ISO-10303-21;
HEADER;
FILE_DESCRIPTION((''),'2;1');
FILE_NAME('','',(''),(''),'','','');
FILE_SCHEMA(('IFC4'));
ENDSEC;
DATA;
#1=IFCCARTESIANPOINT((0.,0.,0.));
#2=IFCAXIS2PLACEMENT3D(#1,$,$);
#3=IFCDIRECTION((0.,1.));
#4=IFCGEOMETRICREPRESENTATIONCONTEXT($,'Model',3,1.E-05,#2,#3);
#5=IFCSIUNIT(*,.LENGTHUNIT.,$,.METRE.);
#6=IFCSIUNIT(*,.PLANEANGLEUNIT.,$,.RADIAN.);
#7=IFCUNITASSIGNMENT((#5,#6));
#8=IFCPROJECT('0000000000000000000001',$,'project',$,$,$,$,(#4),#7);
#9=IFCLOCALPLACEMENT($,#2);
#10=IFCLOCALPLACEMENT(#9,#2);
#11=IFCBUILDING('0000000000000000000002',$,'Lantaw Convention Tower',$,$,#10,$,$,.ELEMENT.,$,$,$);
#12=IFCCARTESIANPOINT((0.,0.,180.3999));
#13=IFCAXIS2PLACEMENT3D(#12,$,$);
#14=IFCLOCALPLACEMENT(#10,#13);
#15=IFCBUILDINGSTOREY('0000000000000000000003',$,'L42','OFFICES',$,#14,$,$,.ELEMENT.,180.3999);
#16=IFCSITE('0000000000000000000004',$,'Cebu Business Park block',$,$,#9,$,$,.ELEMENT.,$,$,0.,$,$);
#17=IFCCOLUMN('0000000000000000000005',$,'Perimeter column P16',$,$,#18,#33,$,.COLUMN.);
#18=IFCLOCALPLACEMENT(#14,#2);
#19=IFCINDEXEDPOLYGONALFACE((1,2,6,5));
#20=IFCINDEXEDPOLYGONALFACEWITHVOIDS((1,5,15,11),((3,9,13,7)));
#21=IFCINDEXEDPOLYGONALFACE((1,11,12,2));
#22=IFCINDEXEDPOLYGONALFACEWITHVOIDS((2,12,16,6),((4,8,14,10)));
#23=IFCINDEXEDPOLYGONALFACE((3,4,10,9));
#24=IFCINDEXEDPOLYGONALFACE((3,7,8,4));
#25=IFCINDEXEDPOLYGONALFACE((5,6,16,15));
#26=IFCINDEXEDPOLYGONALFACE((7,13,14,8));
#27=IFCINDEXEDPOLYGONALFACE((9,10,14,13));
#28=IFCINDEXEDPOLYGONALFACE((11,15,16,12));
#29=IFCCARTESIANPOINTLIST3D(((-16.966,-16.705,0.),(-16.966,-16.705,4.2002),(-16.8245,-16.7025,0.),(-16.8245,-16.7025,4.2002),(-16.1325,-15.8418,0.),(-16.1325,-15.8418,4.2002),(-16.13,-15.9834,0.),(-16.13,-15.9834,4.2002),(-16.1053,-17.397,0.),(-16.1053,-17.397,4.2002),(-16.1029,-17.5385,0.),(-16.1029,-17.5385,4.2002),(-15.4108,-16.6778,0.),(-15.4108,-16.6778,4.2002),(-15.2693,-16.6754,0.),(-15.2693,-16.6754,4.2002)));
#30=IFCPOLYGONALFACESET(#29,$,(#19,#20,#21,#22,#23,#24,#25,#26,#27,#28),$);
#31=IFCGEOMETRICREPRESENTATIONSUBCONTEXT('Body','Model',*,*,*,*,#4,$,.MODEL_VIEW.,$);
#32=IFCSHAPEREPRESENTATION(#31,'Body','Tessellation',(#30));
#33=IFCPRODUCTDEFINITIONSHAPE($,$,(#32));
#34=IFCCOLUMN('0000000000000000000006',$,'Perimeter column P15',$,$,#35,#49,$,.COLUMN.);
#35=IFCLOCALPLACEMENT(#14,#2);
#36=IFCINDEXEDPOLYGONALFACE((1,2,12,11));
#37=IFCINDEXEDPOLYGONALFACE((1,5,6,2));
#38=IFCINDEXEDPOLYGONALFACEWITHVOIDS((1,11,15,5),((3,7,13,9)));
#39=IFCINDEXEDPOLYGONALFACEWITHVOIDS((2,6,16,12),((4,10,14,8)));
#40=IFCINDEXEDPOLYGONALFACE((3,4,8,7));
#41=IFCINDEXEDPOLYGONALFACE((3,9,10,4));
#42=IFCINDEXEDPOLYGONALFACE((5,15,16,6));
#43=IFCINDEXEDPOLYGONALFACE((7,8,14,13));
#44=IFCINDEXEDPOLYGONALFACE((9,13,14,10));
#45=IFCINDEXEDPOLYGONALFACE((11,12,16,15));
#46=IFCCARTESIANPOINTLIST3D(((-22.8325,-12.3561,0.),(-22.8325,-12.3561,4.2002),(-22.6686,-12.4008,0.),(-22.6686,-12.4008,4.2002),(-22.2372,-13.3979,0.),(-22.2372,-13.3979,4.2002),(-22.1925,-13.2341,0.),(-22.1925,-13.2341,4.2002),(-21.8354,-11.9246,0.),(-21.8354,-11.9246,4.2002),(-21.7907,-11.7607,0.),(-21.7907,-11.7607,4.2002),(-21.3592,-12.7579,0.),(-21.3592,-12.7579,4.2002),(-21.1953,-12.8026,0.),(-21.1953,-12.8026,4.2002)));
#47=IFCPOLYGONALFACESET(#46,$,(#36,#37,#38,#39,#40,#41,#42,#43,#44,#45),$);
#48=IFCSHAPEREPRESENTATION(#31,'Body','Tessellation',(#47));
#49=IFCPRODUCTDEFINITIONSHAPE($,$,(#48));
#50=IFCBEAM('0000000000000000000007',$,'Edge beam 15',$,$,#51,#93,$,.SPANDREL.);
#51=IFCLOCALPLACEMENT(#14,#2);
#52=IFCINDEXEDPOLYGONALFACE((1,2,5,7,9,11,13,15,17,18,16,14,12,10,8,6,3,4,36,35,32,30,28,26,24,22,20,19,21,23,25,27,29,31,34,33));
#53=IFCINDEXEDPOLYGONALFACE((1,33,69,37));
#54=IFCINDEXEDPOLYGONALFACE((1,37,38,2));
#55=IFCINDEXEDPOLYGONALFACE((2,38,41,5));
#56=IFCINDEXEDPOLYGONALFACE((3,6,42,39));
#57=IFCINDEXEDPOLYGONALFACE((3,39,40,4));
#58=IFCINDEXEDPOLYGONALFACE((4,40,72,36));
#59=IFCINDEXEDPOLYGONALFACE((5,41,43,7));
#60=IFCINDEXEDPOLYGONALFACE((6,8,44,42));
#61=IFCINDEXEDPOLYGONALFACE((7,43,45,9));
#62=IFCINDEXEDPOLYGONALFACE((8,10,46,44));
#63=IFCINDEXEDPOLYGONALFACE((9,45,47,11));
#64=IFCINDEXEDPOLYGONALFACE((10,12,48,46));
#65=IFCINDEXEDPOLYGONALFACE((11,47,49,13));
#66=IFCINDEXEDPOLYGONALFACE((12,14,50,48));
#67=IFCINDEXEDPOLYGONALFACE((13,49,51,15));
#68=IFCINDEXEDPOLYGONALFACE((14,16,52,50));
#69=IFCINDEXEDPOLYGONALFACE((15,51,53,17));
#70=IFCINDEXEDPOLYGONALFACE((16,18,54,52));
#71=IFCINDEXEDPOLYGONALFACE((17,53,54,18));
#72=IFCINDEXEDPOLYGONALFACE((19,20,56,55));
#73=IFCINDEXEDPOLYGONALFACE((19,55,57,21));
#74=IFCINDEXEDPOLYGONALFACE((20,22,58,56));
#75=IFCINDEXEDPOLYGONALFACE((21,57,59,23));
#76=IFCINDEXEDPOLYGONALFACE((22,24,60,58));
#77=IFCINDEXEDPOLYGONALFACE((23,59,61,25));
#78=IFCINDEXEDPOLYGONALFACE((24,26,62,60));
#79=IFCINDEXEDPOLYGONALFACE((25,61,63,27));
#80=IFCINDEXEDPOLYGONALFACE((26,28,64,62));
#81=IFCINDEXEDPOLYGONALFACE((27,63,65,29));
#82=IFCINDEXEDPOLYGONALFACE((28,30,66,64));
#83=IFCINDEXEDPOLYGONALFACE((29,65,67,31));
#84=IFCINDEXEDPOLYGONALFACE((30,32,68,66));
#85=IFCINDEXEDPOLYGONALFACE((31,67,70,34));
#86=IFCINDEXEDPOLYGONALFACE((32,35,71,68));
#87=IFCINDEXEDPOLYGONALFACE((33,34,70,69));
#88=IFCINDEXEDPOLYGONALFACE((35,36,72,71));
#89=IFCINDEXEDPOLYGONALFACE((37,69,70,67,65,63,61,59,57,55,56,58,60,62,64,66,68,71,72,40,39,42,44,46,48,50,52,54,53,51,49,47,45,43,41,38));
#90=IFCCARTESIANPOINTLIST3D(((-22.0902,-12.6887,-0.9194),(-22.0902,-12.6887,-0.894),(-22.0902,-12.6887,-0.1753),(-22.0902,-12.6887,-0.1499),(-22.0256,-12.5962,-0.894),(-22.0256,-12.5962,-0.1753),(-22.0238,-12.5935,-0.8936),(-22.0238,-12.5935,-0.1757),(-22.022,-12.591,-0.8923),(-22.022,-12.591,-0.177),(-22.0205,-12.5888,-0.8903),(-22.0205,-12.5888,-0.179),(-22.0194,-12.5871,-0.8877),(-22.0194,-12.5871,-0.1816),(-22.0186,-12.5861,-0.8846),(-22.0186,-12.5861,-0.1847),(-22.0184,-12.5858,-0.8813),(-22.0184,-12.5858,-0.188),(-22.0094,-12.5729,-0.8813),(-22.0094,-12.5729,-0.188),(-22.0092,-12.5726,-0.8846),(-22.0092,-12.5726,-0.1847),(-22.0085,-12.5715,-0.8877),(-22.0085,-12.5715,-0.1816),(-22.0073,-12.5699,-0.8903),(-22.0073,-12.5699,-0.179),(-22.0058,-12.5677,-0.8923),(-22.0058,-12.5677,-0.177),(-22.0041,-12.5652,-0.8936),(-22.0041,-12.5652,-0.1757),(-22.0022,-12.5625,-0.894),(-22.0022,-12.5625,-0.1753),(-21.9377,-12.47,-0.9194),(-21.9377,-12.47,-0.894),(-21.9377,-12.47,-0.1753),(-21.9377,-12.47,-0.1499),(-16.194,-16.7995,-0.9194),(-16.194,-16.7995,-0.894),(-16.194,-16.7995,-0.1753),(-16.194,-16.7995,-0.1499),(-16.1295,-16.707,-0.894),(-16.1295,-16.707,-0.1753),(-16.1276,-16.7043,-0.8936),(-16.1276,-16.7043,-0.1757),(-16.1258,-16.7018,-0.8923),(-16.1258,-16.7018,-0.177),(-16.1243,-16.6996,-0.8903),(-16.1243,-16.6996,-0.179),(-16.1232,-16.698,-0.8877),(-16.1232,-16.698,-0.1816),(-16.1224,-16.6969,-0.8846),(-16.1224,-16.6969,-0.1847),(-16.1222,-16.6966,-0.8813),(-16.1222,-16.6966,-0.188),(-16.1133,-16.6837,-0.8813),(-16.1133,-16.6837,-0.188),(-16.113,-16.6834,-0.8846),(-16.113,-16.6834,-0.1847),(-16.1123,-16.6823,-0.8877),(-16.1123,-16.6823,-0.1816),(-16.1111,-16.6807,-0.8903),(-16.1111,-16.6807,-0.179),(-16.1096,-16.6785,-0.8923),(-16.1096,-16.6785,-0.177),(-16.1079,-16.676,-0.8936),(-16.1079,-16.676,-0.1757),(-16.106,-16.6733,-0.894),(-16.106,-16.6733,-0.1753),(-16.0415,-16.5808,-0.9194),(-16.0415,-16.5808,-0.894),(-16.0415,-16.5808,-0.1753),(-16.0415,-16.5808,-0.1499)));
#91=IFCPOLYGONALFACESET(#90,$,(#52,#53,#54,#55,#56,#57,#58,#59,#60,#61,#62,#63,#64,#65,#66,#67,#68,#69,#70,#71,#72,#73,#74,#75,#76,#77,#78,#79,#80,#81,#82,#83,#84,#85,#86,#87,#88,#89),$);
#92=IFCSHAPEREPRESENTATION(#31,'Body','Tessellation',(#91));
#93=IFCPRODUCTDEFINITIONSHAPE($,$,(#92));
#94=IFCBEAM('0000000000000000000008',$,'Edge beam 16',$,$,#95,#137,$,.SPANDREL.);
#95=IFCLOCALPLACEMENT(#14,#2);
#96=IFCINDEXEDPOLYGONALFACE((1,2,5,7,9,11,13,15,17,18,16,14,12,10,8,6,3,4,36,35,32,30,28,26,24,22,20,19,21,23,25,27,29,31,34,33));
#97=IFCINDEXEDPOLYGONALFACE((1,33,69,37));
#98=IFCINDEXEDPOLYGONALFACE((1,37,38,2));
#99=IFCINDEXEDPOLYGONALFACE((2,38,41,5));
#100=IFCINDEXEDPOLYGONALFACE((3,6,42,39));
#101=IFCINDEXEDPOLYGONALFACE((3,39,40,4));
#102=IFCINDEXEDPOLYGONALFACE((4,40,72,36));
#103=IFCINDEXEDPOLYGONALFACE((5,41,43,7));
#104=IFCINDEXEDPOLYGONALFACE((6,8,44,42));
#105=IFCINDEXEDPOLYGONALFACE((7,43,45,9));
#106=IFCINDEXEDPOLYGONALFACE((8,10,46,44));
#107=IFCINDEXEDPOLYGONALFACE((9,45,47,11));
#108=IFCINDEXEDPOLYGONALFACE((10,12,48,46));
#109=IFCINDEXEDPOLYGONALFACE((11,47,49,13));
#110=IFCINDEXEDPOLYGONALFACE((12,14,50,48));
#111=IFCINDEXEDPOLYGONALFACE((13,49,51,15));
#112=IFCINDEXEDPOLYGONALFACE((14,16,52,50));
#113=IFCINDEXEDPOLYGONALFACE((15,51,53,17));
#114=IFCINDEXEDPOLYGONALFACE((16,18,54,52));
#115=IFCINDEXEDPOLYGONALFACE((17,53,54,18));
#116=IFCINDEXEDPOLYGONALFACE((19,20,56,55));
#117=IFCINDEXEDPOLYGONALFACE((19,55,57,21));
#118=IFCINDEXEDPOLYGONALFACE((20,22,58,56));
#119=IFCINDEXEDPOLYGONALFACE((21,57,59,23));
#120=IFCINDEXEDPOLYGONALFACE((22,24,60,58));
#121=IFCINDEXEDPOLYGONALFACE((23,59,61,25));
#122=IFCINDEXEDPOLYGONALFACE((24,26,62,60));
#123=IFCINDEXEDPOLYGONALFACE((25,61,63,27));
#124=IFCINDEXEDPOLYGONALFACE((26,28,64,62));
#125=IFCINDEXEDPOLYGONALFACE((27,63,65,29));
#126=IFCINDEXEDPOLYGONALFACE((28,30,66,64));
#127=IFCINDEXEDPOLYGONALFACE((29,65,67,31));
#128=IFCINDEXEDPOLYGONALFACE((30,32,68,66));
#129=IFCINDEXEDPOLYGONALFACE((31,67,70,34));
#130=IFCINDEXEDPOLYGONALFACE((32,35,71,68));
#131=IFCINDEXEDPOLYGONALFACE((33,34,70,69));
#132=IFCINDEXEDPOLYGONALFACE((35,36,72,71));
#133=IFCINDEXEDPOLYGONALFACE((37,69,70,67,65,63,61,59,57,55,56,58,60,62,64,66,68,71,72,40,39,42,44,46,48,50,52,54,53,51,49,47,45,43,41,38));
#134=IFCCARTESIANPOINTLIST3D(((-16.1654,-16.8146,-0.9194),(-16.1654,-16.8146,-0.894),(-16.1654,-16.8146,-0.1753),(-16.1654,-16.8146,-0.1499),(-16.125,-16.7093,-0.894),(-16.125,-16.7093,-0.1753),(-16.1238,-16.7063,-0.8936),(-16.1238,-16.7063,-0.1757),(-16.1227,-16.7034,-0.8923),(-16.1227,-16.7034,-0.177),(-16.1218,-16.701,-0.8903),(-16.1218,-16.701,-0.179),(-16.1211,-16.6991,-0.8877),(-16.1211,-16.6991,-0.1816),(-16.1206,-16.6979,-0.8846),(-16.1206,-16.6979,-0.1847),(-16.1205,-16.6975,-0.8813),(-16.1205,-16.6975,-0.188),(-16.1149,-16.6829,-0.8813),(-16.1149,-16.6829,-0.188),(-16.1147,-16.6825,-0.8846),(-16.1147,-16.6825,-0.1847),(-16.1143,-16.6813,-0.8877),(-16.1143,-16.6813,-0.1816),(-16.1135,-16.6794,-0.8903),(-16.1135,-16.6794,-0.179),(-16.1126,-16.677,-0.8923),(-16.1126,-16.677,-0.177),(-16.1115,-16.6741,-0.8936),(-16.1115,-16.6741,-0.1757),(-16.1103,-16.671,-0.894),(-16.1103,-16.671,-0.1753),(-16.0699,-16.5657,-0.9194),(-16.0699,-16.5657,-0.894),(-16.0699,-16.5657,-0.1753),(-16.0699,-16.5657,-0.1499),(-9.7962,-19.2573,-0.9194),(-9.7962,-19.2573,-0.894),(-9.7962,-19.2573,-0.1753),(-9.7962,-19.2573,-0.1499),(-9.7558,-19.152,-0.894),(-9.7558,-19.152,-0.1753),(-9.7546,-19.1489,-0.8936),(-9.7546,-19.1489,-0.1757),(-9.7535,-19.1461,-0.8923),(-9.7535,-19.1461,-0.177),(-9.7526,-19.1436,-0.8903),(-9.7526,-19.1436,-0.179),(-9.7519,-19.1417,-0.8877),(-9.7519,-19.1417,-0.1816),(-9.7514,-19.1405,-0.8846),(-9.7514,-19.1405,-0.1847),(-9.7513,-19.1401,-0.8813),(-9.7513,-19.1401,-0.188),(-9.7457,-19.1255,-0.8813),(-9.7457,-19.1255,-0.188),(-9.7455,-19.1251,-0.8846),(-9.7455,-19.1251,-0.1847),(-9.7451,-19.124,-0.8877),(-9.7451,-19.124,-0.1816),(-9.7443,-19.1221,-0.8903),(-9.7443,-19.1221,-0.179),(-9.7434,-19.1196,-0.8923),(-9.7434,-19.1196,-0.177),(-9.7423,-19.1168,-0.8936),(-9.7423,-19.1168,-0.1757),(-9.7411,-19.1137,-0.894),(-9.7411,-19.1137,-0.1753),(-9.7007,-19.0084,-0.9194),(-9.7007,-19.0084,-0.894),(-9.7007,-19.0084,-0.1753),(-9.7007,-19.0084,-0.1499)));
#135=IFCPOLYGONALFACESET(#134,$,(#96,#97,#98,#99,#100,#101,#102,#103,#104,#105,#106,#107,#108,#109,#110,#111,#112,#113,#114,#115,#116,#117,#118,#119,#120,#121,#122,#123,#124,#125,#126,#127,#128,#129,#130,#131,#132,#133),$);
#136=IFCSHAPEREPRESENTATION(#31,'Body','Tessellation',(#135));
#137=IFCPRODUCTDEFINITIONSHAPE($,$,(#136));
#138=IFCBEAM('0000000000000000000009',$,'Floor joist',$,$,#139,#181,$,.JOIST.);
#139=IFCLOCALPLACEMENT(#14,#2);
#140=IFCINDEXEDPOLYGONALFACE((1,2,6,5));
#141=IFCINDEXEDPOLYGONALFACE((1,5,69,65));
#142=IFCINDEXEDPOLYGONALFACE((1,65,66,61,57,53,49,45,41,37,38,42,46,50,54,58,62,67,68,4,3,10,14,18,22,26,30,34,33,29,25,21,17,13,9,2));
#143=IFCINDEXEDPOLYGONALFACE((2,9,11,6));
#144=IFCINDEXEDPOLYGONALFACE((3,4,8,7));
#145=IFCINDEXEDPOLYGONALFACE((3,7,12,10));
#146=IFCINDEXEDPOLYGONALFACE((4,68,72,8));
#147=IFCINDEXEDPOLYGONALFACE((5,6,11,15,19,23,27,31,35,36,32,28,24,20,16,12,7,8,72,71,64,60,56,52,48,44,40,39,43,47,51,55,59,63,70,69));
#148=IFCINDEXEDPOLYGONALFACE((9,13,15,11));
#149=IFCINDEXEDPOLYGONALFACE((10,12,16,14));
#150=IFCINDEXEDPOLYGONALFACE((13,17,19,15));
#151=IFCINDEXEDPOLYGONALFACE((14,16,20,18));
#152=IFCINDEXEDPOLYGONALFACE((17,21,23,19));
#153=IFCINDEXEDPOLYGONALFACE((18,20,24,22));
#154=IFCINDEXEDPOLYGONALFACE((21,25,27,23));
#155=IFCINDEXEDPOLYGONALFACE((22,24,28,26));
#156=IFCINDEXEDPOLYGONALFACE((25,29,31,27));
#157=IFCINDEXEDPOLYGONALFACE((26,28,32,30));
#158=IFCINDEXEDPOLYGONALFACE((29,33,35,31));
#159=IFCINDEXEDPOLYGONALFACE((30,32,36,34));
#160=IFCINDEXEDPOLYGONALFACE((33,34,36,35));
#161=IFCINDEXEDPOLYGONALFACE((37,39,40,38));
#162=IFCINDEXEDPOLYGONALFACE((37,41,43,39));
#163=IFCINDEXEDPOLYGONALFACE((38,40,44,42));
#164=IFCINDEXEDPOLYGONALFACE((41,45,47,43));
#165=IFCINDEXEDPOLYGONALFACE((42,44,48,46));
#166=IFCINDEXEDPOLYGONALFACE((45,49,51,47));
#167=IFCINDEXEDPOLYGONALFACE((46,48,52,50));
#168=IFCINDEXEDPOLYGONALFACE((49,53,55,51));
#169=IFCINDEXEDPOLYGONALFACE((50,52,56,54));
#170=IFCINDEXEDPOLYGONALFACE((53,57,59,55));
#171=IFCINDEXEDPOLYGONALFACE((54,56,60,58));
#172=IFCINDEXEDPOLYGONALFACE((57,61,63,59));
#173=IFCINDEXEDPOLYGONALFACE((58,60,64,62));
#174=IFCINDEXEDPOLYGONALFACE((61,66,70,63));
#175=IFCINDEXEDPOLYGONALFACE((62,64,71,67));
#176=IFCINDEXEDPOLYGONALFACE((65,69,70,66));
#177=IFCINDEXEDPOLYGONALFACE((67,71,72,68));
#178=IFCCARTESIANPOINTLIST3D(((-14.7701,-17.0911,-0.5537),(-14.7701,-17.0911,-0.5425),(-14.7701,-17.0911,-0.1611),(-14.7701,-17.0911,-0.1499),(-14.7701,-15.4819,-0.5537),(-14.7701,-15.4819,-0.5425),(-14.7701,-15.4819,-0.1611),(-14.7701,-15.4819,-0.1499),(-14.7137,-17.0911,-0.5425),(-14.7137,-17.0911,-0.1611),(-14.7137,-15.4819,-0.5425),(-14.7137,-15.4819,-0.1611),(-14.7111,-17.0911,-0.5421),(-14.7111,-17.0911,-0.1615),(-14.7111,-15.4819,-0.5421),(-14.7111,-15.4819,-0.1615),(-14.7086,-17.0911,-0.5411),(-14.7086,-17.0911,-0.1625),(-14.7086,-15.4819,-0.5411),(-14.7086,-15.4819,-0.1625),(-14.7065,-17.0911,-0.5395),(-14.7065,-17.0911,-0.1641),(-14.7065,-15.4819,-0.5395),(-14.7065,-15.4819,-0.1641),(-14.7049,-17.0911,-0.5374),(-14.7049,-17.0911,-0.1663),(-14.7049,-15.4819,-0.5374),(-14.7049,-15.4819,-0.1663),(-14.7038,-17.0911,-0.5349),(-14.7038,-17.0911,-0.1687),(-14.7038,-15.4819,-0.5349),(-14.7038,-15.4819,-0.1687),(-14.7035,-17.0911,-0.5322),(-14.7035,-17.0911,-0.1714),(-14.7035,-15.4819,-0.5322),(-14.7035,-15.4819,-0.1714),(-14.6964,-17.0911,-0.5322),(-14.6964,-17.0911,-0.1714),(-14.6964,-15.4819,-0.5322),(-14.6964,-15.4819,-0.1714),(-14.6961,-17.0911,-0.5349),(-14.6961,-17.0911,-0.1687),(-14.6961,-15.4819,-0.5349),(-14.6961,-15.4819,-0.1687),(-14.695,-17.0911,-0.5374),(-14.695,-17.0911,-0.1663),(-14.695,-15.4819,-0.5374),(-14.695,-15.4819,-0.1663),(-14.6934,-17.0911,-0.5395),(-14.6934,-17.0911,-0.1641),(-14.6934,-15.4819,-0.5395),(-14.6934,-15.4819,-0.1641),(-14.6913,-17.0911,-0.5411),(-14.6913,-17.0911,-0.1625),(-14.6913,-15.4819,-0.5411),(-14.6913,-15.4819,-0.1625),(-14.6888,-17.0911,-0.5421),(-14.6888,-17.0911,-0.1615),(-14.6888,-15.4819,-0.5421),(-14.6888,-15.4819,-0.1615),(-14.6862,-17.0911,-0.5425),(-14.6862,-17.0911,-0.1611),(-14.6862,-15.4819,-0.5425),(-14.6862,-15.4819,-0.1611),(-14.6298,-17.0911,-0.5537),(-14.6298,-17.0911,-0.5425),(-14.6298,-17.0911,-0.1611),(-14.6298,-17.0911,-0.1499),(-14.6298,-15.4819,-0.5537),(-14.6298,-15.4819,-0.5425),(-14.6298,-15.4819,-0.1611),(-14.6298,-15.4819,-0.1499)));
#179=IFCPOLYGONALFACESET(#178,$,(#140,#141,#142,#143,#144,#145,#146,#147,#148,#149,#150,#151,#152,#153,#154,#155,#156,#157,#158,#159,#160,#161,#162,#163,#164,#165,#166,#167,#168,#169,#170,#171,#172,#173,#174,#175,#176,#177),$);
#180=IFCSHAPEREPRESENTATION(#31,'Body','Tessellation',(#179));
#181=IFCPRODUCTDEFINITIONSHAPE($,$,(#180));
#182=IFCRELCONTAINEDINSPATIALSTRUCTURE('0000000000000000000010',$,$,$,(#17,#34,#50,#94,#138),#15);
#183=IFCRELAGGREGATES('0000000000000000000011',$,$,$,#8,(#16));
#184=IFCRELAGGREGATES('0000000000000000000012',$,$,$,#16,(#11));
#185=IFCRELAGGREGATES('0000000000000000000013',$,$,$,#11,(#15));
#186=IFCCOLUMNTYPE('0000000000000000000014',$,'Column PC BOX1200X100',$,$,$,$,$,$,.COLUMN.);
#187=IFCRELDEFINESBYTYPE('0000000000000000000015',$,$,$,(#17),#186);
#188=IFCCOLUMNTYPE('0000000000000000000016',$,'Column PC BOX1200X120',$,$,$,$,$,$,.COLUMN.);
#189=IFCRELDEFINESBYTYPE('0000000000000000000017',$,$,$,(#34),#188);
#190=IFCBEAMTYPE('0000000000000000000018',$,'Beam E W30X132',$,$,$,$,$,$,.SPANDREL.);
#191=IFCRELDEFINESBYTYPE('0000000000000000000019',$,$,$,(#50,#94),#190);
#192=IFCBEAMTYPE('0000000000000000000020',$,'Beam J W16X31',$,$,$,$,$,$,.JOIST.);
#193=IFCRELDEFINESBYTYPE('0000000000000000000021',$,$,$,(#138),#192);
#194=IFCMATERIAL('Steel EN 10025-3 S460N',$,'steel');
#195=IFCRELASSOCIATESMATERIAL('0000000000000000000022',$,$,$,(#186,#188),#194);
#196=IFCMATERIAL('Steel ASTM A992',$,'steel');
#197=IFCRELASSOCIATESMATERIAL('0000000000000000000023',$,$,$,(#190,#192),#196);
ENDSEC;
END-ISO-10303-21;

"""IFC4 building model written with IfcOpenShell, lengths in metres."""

from ifc_helpers import new_model, si_unit, direction, frame, origin, origin_2d, place, context, subcontext, project, spatial, rectangle, hollow_rectangle, i_section, extrude, material, material_profile, profile_set, type_object, element, save


model = new_model("IFC4")

# Units and contexts
model_context = context("Model", 3, precision=1e-05, world=origin(), true_north=direction((0.0, 1.0)))
body_context = subcontext(model_context, "Body", "Model", "MODEL_VIEW")
ifc_project = project(units=[si_unit("LENGTHUNIT", "METRE"), si_unit("PLANEANGLEUNIT", "RADIAN")], contexts=[model_context])

# Site, building, storey
site_placement = place(None, origin())
site = spatial("IfcSite", under=ifc_project, at=site_placement, Name="Cebu Business Park block", CompositionType="ELEMENT", RefElevation=0.0)
building_placement = place(site_placement, origin())
building = spatial("IfcBuilding", under=site, at=building_placement, Name="Lantaw Convention Tower", CompositionType="ELEMENT")
storey_placement = place(building_placement, frame((0.0, 0.0, 180.3999)))
storey = spatial("IfcBuildingStorey", under=building, at=storey_placement, Name="L42", Description="OFFICES", CompositionType="ELEMENT", Elevation=180.3999)

# Columns
ifc_material_1 = material(Name="Steel EN 10025-3 S460N", Category="steel")
ifc_material_profile_1 = material_profile(ifc_material_1, hollow_rectangle(XDim=1.2, YDim=1.2, WallThickness=0.1001, at=origin_2d()), Name="BOX1200X100")
ifc_material_2 = material(Name="Concrete C60/75", Category="concrete")
ifc_material_profile_2 = material_profile(ifc_material_2, rectangle(XDim=1.0, YDim=1.0, at=origin_2d()), Name="Concrete fill of BOX1200X100")
ifc_profile_set_1 = profile_set([ifc_material_profile_1, ifc_material_profile_2], Name="Steel EN 10025-3 S460N")
column_type_1 = type_object("IfcColumnType", Name="Column PC BOX1200X100", PredefinedType="COLUMN", material=ifc_profile_set_1)
column_1_placement = place(storey_placement, frame((-16.1177, -16.6902, 0.0), z_axis=(0.0, 0.0, 1.0), x_axis=(0.694658, 0.71934, 0.0)))
element("IfcColumn", 1, at=column_1_placement, inside=storey, type_object=column_type_1, Name="Perimeter column P16", PredefinedType="COLUMN", context=body_context, shape_type="SweptSolid", body=[
    extrude(hollow_rectangle(XDim=1.2, YDim=1.2, WallThickness=0.1001, at=origin_2d()), origin(), (0.0, 0.0, 1.0), 4.2002),
])
ifc_material_profile_3 = material_profile(ifc_material_1, hollow_rectangle(XDim=1.2, YDim=1.2, WallThickness=0.1201, at=origin_2d()), Name="BOX1200X120")
ifc_material_profile_4 = material_profile(ifc_material_2, rectangle(XDim=0.96, YDim=0.96, at=origin_2d()), Name="Concrete fill of BOX1200X120")
ifc_profile_set_2 = profile_set([ifc_material_profile_3, ifc_material_profile_4], Name="Steel EN 10025-3 S460N")
column_type_2 = type_object("IfcColumnType", Name="Column PC BOX1200X120", PredefinedType="COLUMN", material=ifc_profile_set_2)
column_2_placement = place(storey_placement, frame((-22.0139, -12.5793, 0.0), z_axis=(0.0, 0.0, 1.0), x_axis=(0.868243, 0.496139, 0.0)))
element("IfcColumn", 2, at=column_2_placement, inside=storey, type_object=column_type_2, Name="Perimeter column P15", PredefinedType="COLUMN", context=body_context, shape_type="SweptSolid", body=[
    extrude(hollow_rectangle(XDim=1.2, YDim=1.2, WallThickness=0.1201, at=origin_2d()), origin(), (0.0, 0.0, 1.0), 4.2002),
])

# Beams
ifc_material_3 = material(Name="Steel ASTM A992", Category="steel")
ifc_material_profile_5 = material_profile(ifc_material_3, i_section(OverallWidth=0.2666, OverallDepth=0.7695, WebThickness=0.0156, FlangeThickness=0.0254, FilletRadius=0.0127, at=origin_2d()), Name="W30X132")
ifc_profile_set_3 = profile_set([ifc_material_profile_5], Name="Steel ASTM A992")
beam_type_1 = type_object("IfcBeamType", Name="Beam E W30X132", PredefinedType="SPANDREL", material=ifc_profile_set_3)
beam_1_placement = place(storey_placement, frame((-22.0139, -12.5793, -0.5347), z_axis=(0.820311, -0.571918, 0.0), x_axis=(0.571918, 0.820311, 0.0)))
element("IfcBeam", 3, at=beam_1_placement, inside=storey, type_object=beam_type_1, Name="Edge beam 15", PredefinedType="SPANDREL", context=body_context, shape_type="SweptSolid", body=[
    extrude(i_section(OverallWidth=0.2666, OverallDepth=0.7695, WebThickness=0.0156, FlangeThickness=0.0254, FilletRadius=0.0127, at=origin_2d()), origin(), (0.0, 0.0, 1.0), 7.1877),
])
beam_2_placement = place(storey_placement, frame((-16.1177, -16.6902, -0.5347), z_axis=(0.933691, -0.35808, 0.0), x_axis=(0.35808, 0.933691, 0.0)))
element("IfcBeam", 4, at=beam_2_placement, inside=storey, type_object=beam_type_1, Name="Edge beam 16", PredefinedType="SPANDREL", context=body_context, shape_type="SweptSolid", body=[
    extrude(i_section(OverallWidth=0.2666, OverallDepth=0.7695, WebThickness=0.0156, FlangeThickness=0.0254, FilletRadius=0.0127, at=origin_2d()), origin(), (0.0, 0.0, 1.0), 6.8215),
])
ifc_material_profile_6 = material_profile(ifc_material_3, i_section(OverallWidth=0.1404, OverallDepth=0.4038, WebThickness=0.0071, FlangeThickness=0.0112, FilletRadius=0.0103, at=origin_2d()), Name="W16X31")
ifc_profile_set_4 = profile_set([ifc_material_profile_6], Name="Steel ASTM A992")
beam_type_2 = type_object("IfcBeamType", Name="Beam J W16X31", PredefinedType="JOIST", material=ifc_profile_set_4)
beam_3_placement = place(storey_placement, frame((-14.7, -17.0911, -0.3518), z_axis=(0.0, 1.0, 0.0), x_axis=(-1.0, 0.0, 0.0)))
element("IfcBeam", 5, at=beam_3_placement, inside=storey, type_object=beam_type_2, Name="Floor joist", PredefinedType="JOIST", context=body_context, shape_type="SweptSolid", body=[
    extrude(i_section(OverallWidth=0.1404, OverallDepth=0.4038, WebThickness=0.0071, FlangeThickness=0.0112, FilletRadius=0.0103, at=origin_2d()), origin(), (0.0, 0.0, 1.0), 1.6091),
])

save(model, "model.ifc")
